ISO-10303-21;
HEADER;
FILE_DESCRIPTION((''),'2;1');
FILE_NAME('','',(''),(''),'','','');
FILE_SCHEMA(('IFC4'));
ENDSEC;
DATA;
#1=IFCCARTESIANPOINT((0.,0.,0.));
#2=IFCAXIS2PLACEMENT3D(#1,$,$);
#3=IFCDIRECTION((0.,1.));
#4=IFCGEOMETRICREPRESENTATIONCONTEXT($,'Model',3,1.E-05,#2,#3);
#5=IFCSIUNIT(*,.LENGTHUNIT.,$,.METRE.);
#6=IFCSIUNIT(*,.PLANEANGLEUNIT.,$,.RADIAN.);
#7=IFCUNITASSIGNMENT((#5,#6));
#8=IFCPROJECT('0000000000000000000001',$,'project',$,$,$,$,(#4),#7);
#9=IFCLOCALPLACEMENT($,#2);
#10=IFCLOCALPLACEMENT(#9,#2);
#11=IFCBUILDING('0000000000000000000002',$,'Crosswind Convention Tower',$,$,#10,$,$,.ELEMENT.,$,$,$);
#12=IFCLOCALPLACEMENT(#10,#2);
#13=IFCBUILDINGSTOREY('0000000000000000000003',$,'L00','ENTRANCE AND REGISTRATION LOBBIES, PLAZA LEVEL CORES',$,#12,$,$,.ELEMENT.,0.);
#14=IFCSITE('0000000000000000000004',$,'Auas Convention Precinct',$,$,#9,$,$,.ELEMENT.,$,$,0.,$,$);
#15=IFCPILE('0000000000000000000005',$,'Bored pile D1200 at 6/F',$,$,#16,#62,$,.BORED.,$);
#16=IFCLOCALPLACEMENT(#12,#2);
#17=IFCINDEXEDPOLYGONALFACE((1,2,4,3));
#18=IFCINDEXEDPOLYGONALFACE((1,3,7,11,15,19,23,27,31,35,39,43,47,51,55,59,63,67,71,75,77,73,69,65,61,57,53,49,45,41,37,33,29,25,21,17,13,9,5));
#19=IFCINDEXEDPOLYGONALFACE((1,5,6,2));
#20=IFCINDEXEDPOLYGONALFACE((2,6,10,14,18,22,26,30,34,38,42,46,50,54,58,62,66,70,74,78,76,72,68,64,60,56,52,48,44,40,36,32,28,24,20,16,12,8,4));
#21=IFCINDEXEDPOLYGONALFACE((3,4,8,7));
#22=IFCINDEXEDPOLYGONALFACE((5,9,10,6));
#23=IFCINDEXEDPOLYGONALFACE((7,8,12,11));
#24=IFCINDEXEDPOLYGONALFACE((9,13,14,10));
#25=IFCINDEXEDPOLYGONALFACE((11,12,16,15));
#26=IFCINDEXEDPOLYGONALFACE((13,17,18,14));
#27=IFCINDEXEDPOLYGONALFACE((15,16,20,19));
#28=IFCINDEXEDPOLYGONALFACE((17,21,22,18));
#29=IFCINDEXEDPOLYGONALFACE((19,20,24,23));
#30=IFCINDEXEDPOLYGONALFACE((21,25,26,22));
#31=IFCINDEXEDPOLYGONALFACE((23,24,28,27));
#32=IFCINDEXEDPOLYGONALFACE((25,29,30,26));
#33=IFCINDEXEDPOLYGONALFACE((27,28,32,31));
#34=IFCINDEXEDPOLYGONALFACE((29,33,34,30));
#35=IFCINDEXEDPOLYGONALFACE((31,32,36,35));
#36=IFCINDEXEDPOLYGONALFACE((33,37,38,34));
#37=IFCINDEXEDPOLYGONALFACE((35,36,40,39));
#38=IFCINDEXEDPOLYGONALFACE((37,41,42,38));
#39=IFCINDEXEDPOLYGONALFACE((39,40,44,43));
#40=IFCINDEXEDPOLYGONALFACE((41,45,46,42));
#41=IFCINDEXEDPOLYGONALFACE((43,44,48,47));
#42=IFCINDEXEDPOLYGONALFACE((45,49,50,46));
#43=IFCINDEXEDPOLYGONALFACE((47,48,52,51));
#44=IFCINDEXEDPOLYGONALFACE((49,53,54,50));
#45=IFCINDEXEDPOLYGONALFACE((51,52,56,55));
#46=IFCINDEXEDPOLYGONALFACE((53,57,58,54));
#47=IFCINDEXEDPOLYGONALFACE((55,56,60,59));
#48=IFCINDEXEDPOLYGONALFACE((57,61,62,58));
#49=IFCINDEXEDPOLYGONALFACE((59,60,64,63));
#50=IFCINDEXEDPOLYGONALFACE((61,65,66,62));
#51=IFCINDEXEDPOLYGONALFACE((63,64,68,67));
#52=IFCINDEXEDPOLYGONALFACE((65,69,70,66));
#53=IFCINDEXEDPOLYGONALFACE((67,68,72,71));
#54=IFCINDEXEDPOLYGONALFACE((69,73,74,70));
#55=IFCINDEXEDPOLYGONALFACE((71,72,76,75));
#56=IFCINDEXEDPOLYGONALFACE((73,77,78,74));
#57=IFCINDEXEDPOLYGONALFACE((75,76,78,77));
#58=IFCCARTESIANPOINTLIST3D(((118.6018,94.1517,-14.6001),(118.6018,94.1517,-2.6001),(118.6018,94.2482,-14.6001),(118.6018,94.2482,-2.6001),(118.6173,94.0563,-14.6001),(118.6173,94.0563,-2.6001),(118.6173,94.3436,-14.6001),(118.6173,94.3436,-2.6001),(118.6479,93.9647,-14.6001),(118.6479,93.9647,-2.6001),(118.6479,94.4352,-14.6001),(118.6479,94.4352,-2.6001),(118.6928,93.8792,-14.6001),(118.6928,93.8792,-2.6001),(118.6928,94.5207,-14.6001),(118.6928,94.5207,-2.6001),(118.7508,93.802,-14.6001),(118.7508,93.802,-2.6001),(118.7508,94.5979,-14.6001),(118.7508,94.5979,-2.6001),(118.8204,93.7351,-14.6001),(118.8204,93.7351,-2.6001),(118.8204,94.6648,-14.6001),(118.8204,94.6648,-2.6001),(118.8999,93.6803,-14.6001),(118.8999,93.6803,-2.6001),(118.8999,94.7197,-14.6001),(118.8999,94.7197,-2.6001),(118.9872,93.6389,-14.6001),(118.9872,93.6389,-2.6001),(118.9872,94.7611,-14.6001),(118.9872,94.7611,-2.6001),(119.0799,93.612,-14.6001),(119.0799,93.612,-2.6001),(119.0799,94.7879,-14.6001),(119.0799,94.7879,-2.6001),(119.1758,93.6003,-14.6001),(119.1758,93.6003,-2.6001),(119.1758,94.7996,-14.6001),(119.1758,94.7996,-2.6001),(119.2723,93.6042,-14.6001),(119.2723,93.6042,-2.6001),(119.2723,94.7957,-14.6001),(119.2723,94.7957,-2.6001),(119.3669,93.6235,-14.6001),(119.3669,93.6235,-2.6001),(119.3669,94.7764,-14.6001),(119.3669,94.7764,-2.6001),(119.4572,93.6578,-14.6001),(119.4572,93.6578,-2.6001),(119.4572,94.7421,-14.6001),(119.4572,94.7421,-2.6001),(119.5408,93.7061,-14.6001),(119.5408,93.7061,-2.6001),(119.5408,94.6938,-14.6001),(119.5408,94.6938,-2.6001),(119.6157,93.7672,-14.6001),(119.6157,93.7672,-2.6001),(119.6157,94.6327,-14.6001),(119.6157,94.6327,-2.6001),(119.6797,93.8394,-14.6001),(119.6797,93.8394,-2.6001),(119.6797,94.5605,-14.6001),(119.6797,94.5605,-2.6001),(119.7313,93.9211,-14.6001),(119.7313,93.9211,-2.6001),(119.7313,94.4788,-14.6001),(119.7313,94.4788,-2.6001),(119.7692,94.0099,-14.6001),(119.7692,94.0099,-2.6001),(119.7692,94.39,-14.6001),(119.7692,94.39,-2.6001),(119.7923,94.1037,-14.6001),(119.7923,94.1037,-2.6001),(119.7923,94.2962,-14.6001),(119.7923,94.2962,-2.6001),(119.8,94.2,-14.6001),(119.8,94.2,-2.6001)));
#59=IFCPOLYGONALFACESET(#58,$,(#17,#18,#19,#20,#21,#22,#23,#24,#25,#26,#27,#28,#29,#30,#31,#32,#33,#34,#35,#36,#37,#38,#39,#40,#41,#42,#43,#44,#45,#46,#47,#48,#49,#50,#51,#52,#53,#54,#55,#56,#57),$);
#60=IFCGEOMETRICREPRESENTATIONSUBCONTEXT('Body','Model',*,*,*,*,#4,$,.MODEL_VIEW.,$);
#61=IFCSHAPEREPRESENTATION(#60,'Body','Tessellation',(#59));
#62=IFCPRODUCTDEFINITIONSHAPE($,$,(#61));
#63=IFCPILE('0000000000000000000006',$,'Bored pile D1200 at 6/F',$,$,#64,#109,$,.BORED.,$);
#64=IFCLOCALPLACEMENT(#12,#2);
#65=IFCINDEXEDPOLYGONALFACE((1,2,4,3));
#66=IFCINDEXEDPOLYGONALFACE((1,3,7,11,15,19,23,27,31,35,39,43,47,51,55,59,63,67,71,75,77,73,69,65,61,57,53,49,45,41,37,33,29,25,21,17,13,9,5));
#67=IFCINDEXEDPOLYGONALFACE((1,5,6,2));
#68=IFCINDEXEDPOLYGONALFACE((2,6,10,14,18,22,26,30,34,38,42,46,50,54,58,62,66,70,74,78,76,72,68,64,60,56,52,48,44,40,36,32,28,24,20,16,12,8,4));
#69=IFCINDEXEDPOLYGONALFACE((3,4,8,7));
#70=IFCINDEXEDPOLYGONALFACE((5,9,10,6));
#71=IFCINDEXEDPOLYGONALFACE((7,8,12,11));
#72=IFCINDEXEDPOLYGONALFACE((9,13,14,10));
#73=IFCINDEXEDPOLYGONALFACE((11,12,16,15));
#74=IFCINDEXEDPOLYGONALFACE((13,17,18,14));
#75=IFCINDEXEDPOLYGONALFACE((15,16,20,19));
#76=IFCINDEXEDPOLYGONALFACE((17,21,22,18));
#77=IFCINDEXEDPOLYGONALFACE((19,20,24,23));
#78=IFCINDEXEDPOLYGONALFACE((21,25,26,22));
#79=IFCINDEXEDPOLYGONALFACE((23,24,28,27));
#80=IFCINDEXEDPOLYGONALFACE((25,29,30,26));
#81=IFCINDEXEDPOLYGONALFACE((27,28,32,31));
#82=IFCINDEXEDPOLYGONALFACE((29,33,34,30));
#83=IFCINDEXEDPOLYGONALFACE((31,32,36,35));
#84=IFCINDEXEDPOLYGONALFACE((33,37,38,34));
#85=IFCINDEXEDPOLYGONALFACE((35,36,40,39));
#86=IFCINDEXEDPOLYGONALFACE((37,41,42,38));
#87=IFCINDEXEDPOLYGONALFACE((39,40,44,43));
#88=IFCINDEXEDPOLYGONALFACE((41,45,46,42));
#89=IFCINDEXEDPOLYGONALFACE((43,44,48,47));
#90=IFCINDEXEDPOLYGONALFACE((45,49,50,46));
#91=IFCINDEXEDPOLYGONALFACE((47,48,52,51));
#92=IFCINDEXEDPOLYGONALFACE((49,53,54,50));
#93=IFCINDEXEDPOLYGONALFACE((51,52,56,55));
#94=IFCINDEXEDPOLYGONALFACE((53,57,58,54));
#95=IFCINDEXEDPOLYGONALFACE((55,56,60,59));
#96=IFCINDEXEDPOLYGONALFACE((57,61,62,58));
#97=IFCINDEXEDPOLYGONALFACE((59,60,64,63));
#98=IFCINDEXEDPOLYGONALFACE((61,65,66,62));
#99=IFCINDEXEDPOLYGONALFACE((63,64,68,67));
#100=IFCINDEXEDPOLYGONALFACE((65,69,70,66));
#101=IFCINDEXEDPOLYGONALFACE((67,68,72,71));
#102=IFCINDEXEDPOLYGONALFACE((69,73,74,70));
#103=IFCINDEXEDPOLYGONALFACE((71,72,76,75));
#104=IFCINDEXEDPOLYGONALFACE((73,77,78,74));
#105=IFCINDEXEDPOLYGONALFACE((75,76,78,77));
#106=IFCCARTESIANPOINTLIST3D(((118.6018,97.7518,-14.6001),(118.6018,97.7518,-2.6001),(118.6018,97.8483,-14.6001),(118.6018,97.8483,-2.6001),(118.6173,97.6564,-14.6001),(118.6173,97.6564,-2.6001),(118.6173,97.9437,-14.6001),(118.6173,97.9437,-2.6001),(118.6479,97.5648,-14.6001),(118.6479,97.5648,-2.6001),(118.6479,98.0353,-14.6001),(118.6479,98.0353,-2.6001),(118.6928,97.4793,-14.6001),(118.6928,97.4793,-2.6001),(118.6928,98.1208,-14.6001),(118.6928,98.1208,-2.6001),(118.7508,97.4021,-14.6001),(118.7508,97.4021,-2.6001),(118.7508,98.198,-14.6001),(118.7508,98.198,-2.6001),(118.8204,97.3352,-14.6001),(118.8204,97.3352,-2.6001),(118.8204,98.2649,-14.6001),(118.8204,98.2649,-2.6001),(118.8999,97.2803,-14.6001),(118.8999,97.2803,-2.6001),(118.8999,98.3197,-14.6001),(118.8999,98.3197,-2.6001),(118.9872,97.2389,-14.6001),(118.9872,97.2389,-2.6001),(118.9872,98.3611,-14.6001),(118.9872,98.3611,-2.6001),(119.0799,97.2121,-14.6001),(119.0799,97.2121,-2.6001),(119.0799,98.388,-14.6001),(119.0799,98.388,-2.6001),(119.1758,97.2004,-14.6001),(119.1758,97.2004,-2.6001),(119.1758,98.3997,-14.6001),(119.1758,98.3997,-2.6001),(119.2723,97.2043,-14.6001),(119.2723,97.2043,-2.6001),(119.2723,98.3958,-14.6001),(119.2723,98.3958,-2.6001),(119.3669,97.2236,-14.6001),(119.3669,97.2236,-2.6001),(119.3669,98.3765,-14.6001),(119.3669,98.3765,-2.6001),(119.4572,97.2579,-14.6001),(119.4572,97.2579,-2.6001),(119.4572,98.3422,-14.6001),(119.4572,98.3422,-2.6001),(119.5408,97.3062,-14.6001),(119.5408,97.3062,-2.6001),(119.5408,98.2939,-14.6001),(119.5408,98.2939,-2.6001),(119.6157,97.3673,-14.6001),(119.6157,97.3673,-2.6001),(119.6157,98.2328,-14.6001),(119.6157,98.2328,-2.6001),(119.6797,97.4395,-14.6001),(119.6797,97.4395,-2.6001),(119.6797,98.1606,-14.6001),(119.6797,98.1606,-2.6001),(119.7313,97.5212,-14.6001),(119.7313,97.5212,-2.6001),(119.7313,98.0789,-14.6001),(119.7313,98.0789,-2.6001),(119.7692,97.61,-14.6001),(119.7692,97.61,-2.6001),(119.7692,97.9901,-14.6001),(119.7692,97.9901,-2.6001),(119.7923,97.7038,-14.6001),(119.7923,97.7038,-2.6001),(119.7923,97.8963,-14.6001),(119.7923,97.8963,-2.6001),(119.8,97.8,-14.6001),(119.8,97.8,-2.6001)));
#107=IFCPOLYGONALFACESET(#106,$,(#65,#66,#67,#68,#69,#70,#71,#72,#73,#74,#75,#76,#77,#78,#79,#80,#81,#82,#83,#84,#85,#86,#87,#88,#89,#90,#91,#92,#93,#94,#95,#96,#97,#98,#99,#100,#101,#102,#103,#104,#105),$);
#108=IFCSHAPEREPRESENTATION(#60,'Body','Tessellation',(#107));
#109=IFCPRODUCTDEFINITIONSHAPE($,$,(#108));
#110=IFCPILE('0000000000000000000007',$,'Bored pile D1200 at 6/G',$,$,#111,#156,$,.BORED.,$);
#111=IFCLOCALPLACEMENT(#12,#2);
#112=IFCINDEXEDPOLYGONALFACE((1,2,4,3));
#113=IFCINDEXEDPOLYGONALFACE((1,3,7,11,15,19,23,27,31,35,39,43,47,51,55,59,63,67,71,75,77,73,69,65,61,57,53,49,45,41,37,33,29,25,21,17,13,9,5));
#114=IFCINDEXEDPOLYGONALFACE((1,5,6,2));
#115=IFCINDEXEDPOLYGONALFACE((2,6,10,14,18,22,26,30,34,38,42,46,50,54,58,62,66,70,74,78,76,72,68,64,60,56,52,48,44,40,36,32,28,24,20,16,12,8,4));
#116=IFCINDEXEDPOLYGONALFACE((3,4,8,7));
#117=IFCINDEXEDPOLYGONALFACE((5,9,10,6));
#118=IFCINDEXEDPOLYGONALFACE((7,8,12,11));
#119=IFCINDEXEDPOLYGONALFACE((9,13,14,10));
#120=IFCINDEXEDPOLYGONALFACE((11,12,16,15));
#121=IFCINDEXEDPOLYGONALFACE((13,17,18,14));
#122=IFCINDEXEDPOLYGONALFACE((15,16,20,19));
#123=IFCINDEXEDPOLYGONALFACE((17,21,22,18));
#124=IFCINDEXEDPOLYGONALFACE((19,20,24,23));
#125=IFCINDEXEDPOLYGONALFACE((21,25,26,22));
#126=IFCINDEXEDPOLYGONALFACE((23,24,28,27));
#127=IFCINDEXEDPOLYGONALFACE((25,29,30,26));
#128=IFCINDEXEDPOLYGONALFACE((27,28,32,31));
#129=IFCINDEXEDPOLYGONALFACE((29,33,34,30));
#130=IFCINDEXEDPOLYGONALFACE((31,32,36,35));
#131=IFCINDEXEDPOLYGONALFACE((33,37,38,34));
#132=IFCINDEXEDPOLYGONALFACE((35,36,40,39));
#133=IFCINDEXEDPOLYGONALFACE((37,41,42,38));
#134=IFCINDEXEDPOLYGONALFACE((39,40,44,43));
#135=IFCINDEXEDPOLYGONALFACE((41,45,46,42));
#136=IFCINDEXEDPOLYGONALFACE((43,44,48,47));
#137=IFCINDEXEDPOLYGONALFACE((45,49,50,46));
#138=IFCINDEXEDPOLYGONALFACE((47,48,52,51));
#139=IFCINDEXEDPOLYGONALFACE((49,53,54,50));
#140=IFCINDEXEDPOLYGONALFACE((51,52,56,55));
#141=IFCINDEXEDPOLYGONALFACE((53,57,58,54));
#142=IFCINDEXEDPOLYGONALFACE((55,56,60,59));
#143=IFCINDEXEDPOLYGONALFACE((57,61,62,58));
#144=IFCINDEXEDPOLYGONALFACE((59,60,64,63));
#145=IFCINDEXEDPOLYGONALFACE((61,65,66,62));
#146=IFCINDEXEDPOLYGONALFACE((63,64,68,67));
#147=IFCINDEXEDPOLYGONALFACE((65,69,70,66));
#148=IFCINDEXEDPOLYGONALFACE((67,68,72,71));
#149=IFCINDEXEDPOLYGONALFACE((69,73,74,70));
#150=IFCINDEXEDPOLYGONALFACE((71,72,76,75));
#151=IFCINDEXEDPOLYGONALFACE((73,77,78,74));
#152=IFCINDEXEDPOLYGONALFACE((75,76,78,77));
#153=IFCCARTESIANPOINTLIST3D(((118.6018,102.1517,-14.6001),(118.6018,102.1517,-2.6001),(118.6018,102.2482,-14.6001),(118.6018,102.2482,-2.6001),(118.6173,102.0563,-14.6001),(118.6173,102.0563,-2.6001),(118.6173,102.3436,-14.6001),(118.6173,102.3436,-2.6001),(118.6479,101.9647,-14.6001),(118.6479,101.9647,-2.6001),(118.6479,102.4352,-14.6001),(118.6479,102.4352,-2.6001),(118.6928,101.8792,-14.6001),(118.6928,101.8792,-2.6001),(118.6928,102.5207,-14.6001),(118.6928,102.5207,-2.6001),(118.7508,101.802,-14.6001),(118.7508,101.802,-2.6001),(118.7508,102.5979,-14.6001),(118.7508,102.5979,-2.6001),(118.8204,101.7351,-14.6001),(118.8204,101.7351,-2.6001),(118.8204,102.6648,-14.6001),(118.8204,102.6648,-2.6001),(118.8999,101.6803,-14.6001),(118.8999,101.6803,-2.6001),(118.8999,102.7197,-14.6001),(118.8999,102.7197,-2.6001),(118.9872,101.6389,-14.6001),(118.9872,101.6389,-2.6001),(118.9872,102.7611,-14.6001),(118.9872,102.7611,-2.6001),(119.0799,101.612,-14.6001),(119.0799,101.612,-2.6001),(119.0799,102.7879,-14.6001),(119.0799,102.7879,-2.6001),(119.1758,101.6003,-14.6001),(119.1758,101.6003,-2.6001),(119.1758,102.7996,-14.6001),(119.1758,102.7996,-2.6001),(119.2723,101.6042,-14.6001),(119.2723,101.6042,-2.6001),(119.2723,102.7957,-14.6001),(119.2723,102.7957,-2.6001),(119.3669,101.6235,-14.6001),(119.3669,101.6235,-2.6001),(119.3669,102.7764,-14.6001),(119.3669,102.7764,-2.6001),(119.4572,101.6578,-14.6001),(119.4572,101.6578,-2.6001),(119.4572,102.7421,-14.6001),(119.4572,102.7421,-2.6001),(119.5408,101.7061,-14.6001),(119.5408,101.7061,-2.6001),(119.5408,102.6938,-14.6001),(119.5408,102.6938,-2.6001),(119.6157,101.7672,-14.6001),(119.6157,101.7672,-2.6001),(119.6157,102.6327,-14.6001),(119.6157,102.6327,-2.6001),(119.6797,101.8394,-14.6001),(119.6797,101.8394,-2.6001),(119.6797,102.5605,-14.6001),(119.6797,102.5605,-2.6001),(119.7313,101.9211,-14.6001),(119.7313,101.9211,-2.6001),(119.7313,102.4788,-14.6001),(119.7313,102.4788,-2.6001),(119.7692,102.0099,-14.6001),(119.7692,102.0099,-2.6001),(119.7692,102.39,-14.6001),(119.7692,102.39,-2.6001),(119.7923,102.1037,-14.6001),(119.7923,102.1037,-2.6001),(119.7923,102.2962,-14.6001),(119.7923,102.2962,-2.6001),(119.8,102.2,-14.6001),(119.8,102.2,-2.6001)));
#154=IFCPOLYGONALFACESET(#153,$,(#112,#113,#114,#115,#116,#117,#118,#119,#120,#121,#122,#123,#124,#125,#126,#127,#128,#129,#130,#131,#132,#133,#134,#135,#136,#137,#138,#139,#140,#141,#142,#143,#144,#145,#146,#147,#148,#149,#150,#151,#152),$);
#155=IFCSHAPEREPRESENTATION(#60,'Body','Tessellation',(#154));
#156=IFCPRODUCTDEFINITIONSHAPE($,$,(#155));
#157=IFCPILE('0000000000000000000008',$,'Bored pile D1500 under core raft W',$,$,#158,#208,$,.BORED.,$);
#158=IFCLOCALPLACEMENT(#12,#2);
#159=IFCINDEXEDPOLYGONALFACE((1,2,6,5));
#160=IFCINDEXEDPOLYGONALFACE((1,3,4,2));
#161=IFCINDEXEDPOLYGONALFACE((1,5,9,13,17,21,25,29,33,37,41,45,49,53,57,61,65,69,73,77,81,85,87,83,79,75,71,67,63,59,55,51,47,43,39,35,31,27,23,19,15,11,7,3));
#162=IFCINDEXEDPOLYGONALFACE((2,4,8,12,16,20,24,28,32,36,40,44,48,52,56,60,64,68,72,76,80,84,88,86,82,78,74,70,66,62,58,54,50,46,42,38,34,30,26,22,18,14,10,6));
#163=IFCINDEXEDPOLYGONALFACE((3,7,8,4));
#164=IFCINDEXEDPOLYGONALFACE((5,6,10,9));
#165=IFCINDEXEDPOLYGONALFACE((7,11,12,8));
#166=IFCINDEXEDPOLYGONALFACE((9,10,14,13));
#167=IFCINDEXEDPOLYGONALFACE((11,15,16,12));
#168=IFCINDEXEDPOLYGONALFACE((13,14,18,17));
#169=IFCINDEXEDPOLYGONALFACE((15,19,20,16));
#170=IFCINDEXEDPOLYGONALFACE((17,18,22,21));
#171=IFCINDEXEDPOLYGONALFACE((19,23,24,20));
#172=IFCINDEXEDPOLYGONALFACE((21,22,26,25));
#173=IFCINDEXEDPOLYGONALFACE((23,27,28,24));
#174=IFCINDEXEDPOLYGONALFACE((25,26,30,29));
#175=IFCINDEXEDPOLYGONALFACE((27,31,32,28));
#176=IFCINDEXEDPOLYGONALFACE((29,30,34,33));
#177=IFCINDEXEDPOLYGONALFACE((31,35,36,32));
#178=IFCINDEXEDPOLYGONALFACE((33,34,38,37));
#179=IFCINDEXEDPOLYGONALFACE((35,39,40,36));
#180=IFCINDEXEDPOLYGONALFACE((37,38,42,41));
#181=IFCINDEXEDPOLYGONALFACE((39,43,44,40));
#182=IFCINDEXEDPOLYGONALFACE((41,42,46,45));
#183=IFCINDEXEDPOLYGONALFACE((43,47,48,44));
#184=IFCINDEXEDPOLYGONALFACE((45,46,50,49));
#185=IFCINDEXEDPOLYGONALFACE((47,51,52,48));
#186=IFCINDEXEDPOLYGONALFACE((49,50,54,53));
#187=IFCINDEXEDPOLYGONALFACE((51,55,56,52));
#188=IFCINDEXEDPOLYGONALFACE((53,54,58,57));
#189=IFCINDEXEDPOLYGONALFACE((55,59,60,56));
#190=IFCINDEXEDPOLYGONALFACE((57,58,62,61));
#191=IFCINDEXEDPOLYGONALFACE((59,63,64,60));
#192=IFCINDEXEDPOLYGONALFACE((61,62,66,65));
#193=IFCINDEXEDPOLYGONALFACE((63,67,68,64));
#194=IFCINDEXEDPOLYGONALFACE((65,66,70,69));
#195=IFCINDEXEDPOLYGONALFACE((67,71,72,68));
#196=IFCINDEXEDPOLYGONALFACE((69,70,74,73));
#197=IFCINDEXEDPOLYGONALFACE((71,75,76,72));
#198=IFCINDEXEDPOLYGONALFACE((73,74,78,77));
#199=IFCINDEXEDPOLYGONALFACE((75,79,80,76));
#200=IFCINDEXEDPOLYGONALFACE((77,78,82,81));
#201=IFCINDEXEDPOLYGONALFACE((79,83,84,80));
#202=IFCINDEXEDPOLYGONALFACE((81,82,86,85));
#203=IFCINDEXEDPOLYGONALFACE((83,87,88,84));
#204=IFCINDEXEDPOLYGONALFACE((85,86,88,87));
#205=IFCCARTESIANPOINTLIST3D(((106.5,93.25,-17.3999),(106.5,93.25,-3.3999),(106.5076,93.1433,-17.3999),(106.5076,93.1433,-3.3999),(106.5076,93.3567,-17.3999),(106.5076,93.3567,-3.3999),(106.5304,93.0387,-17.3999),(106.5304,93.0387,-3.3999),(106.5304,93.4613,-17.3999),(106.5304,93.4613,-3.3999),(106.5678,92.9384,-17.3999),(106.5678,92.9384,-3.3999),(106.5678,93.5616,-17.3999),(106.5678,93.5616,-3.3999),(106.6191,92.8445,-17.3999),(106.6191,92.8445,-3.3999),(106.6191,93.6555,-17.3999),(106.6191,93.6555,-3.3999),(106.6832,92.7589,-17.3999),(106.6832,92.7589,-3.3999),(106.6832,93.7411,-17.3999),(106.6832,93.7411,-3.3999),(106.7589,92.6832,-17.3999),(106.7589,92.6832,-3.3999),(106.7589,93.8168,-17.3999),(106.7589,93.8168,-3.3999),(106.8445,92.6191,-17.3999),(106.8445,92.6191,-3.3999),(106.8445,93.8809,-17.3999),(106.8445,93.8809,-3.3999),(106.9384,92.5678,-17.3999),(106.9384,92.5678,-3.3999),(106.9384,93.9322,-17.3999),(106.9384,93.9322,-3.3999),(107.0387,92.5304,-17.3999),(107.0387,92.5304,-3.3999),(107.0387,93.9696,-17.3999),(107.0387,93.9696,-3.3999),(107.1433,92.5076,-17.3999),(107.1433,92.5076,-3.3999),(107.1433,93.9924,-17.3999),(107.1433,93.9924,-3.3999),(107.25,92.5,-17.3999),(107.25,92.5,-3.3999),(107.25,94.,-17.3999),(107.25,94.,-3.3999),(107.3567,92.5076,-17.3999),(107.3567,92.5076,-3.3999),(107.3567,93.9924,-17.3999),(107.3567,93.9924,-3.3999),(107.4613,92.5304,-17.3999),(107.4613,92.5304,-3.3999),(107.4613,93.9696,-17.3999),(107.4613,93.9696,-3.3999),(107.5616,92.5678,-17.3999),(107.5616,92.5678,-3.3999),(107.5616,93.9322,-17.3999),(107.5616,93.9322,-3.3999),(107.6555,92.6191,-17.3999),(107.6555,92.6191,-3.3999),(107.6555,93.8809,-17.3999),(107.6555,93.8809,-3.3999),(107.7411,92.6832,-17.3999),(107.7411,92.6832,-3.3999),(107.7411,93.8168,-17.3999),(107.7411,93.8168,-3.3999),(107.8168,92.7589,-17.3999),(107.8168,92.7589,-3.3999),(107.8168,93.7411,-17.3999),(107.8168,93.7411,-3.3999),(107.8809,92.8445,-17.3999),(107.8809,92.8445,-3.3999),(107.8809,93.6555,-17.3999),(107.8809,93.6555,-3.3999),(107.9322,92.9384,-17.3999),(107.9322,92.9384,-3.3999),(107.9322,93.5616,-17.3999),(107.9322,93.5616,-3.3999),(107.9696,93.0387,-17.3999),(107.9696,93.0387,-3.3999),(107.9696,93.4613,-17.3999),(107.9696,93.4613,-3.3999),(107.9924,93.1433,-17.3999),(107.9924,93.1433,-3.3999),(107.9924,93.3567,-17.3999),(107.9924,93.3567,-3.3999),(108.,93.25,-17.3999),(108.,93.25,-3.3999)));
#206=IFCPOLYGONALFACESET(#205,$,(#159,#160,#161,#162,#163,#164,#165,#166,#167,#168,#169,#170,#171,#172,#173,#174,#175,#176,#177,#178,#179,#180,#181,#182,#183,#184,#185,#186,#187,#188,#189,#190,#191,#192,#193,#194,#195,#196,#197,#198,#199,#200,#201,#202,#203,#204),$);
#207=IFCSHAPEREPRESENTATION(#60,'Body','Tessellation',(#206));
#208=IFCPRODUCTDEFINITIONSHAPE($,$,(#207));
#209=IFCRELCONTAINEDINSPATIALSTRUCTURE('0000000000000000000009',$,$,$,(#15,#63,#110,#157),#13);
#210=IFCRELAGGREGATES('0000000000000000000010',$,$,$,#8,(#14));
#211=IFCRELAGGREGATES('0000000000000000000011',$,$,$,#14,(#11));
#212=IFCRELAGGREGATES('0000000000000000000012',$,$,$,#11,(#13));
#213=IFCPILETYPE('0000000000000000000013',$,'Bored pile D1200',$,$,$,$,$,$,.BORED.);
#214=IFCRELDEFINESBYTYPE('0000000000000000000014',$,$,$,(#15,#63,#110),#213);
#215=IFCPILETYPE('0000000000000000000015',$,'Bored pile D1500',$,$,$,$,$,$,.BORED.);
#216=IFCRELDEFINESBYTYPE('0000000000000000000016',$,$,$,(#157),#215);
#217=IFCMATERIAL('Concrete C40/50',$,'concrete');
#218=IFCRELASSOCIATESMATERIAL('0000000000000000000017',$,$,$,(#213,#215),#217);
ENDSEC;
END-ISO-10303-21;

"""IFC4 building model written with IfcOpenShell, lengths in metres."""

from ifc_helpers import new_model, si_unit, direction, frame, origin, origin_2d, place, context, subcontext, project, spatial, circle, extrude, material, material_profile, profile_set, type_object, element, save


model = new_model("IFC4")

# Units and contexts
model_context = context("Model", 3, precision=1e-05, world=origin(), true_north=direction((0.0, 1.0)))
body_context = subcontext(model_context, "Body", "Model", "MODEL_VIEW")
ifc_project = project(units=[si_unit("LENGTHUNIT", "METRE"), si_unit("PLANEANGLEUNIT", "RADIAN")], contexts=[model_context])

# Site, building, storey
site_placement = place(None, origin())
site = spatial("IfcSite", under=ifc_project, at=site_placement, Name="Auas Convention Precinct", CompositionType="ELEMENT", RefElevation=0.0)
building_placement = place(site_placement, origin())
building = spatial("IfcBuilding", under=site, at=building_placement, Name="Crosswind Convention Tower", CompositionType="ELEMENT")
storey_placement = place(building_placement, origin())
storey = spatial("IfcBuildingStorey", under=building, at=storey_placement, Name="L00", Description="ENTRANCE AND REGISTRATION LOBBIES, PLAZA LEVEL CORES", CompositionType="ELEMENT", Elevation=0.0)

# Piles
ifc_material_1 = material(Name="Concrete C40/50", Category="concrete")
ifc_material_profile_1 = material_profile(ifc_material_1, circle(Radius=0.6001, at=origin_2d()), Name="Bored pile D1200")
ifc_profile_set_1 = profile_set([ifc_material_profile_1], Name="Concrete C40/50")
pile_type_1 = type_object("IfcPileType", Name="Bored pile D1200", PredefinedType="BORED", material=ifc_profile_set_1)
for number, where, z_axis, x_axis, name in (
    (1, (119.2, 94.2, -2.6001), (0.0, 0.0, -1.0), (1.0, 0.0, 0.0), "Bored pile D1200 at 6/F"),
    (2, (119.2, 97.8, -2.6001), (0.0, 0.0, -1.0), (1.0, 0.0, 0.0), "Bored pile D1200 at 6/F"),
    (3, (119.2, 102.2, -2.6001), (0.0, 0.0, -1.0), (1.0, 0.0, 0.0), "Bored pile D1200 at 6/G"),
):
    element("IfcPile", number, at=place(storey_placement, frame(where, z_axis=z_axis, x_axis=x_axis)), inside=storey, type_object=pile_type_1, Name=name, PredefinedType="BORED", context=body_context, shape_type="SweptSolid", body=[
        extrude(circle(Radius=0.6001, at=origin_2d()), origin(), (0.0, 0.0, 1.0), 12.0),
    ])
ifc_material_profile_2 = material_profile(ifc_material_1, circle(Radius=0.75, at=origin_2d()), Name="Bored pile D1500")
ifc_profile_set_2 = profile_set([ifc_material_profile_2], Name="Concrete C40/50")
pile_type_2 = type_object("IfcPileType", Name="Bored pile D1500", PredefinedType="BORED", material=ifc_profile_set_2)
for number, where, z_axis, x_axis, name in (
    (4, (107.25, 93.25, -3.3999), (0.0, 0.0, -1.0), (1.0, 0.0, 0.0), "Bored pile D1500 under core raft W"),
):
    element("IfcPile", number, at=place(storey_placement, frame(where, z_axis=z_axis, x_axis=x_axis)), inside=storey, type_object=pile_type_2, Name=name, PredefinedType="BORED", context=body_context, shape_type="SweptSolid", body=[
        extrude(circle(Radius=0.75, at=origin_2d()), origin(), (0.0, 0.0, 1.0), 14.0),
    ])

save(model, "model.ifc")
